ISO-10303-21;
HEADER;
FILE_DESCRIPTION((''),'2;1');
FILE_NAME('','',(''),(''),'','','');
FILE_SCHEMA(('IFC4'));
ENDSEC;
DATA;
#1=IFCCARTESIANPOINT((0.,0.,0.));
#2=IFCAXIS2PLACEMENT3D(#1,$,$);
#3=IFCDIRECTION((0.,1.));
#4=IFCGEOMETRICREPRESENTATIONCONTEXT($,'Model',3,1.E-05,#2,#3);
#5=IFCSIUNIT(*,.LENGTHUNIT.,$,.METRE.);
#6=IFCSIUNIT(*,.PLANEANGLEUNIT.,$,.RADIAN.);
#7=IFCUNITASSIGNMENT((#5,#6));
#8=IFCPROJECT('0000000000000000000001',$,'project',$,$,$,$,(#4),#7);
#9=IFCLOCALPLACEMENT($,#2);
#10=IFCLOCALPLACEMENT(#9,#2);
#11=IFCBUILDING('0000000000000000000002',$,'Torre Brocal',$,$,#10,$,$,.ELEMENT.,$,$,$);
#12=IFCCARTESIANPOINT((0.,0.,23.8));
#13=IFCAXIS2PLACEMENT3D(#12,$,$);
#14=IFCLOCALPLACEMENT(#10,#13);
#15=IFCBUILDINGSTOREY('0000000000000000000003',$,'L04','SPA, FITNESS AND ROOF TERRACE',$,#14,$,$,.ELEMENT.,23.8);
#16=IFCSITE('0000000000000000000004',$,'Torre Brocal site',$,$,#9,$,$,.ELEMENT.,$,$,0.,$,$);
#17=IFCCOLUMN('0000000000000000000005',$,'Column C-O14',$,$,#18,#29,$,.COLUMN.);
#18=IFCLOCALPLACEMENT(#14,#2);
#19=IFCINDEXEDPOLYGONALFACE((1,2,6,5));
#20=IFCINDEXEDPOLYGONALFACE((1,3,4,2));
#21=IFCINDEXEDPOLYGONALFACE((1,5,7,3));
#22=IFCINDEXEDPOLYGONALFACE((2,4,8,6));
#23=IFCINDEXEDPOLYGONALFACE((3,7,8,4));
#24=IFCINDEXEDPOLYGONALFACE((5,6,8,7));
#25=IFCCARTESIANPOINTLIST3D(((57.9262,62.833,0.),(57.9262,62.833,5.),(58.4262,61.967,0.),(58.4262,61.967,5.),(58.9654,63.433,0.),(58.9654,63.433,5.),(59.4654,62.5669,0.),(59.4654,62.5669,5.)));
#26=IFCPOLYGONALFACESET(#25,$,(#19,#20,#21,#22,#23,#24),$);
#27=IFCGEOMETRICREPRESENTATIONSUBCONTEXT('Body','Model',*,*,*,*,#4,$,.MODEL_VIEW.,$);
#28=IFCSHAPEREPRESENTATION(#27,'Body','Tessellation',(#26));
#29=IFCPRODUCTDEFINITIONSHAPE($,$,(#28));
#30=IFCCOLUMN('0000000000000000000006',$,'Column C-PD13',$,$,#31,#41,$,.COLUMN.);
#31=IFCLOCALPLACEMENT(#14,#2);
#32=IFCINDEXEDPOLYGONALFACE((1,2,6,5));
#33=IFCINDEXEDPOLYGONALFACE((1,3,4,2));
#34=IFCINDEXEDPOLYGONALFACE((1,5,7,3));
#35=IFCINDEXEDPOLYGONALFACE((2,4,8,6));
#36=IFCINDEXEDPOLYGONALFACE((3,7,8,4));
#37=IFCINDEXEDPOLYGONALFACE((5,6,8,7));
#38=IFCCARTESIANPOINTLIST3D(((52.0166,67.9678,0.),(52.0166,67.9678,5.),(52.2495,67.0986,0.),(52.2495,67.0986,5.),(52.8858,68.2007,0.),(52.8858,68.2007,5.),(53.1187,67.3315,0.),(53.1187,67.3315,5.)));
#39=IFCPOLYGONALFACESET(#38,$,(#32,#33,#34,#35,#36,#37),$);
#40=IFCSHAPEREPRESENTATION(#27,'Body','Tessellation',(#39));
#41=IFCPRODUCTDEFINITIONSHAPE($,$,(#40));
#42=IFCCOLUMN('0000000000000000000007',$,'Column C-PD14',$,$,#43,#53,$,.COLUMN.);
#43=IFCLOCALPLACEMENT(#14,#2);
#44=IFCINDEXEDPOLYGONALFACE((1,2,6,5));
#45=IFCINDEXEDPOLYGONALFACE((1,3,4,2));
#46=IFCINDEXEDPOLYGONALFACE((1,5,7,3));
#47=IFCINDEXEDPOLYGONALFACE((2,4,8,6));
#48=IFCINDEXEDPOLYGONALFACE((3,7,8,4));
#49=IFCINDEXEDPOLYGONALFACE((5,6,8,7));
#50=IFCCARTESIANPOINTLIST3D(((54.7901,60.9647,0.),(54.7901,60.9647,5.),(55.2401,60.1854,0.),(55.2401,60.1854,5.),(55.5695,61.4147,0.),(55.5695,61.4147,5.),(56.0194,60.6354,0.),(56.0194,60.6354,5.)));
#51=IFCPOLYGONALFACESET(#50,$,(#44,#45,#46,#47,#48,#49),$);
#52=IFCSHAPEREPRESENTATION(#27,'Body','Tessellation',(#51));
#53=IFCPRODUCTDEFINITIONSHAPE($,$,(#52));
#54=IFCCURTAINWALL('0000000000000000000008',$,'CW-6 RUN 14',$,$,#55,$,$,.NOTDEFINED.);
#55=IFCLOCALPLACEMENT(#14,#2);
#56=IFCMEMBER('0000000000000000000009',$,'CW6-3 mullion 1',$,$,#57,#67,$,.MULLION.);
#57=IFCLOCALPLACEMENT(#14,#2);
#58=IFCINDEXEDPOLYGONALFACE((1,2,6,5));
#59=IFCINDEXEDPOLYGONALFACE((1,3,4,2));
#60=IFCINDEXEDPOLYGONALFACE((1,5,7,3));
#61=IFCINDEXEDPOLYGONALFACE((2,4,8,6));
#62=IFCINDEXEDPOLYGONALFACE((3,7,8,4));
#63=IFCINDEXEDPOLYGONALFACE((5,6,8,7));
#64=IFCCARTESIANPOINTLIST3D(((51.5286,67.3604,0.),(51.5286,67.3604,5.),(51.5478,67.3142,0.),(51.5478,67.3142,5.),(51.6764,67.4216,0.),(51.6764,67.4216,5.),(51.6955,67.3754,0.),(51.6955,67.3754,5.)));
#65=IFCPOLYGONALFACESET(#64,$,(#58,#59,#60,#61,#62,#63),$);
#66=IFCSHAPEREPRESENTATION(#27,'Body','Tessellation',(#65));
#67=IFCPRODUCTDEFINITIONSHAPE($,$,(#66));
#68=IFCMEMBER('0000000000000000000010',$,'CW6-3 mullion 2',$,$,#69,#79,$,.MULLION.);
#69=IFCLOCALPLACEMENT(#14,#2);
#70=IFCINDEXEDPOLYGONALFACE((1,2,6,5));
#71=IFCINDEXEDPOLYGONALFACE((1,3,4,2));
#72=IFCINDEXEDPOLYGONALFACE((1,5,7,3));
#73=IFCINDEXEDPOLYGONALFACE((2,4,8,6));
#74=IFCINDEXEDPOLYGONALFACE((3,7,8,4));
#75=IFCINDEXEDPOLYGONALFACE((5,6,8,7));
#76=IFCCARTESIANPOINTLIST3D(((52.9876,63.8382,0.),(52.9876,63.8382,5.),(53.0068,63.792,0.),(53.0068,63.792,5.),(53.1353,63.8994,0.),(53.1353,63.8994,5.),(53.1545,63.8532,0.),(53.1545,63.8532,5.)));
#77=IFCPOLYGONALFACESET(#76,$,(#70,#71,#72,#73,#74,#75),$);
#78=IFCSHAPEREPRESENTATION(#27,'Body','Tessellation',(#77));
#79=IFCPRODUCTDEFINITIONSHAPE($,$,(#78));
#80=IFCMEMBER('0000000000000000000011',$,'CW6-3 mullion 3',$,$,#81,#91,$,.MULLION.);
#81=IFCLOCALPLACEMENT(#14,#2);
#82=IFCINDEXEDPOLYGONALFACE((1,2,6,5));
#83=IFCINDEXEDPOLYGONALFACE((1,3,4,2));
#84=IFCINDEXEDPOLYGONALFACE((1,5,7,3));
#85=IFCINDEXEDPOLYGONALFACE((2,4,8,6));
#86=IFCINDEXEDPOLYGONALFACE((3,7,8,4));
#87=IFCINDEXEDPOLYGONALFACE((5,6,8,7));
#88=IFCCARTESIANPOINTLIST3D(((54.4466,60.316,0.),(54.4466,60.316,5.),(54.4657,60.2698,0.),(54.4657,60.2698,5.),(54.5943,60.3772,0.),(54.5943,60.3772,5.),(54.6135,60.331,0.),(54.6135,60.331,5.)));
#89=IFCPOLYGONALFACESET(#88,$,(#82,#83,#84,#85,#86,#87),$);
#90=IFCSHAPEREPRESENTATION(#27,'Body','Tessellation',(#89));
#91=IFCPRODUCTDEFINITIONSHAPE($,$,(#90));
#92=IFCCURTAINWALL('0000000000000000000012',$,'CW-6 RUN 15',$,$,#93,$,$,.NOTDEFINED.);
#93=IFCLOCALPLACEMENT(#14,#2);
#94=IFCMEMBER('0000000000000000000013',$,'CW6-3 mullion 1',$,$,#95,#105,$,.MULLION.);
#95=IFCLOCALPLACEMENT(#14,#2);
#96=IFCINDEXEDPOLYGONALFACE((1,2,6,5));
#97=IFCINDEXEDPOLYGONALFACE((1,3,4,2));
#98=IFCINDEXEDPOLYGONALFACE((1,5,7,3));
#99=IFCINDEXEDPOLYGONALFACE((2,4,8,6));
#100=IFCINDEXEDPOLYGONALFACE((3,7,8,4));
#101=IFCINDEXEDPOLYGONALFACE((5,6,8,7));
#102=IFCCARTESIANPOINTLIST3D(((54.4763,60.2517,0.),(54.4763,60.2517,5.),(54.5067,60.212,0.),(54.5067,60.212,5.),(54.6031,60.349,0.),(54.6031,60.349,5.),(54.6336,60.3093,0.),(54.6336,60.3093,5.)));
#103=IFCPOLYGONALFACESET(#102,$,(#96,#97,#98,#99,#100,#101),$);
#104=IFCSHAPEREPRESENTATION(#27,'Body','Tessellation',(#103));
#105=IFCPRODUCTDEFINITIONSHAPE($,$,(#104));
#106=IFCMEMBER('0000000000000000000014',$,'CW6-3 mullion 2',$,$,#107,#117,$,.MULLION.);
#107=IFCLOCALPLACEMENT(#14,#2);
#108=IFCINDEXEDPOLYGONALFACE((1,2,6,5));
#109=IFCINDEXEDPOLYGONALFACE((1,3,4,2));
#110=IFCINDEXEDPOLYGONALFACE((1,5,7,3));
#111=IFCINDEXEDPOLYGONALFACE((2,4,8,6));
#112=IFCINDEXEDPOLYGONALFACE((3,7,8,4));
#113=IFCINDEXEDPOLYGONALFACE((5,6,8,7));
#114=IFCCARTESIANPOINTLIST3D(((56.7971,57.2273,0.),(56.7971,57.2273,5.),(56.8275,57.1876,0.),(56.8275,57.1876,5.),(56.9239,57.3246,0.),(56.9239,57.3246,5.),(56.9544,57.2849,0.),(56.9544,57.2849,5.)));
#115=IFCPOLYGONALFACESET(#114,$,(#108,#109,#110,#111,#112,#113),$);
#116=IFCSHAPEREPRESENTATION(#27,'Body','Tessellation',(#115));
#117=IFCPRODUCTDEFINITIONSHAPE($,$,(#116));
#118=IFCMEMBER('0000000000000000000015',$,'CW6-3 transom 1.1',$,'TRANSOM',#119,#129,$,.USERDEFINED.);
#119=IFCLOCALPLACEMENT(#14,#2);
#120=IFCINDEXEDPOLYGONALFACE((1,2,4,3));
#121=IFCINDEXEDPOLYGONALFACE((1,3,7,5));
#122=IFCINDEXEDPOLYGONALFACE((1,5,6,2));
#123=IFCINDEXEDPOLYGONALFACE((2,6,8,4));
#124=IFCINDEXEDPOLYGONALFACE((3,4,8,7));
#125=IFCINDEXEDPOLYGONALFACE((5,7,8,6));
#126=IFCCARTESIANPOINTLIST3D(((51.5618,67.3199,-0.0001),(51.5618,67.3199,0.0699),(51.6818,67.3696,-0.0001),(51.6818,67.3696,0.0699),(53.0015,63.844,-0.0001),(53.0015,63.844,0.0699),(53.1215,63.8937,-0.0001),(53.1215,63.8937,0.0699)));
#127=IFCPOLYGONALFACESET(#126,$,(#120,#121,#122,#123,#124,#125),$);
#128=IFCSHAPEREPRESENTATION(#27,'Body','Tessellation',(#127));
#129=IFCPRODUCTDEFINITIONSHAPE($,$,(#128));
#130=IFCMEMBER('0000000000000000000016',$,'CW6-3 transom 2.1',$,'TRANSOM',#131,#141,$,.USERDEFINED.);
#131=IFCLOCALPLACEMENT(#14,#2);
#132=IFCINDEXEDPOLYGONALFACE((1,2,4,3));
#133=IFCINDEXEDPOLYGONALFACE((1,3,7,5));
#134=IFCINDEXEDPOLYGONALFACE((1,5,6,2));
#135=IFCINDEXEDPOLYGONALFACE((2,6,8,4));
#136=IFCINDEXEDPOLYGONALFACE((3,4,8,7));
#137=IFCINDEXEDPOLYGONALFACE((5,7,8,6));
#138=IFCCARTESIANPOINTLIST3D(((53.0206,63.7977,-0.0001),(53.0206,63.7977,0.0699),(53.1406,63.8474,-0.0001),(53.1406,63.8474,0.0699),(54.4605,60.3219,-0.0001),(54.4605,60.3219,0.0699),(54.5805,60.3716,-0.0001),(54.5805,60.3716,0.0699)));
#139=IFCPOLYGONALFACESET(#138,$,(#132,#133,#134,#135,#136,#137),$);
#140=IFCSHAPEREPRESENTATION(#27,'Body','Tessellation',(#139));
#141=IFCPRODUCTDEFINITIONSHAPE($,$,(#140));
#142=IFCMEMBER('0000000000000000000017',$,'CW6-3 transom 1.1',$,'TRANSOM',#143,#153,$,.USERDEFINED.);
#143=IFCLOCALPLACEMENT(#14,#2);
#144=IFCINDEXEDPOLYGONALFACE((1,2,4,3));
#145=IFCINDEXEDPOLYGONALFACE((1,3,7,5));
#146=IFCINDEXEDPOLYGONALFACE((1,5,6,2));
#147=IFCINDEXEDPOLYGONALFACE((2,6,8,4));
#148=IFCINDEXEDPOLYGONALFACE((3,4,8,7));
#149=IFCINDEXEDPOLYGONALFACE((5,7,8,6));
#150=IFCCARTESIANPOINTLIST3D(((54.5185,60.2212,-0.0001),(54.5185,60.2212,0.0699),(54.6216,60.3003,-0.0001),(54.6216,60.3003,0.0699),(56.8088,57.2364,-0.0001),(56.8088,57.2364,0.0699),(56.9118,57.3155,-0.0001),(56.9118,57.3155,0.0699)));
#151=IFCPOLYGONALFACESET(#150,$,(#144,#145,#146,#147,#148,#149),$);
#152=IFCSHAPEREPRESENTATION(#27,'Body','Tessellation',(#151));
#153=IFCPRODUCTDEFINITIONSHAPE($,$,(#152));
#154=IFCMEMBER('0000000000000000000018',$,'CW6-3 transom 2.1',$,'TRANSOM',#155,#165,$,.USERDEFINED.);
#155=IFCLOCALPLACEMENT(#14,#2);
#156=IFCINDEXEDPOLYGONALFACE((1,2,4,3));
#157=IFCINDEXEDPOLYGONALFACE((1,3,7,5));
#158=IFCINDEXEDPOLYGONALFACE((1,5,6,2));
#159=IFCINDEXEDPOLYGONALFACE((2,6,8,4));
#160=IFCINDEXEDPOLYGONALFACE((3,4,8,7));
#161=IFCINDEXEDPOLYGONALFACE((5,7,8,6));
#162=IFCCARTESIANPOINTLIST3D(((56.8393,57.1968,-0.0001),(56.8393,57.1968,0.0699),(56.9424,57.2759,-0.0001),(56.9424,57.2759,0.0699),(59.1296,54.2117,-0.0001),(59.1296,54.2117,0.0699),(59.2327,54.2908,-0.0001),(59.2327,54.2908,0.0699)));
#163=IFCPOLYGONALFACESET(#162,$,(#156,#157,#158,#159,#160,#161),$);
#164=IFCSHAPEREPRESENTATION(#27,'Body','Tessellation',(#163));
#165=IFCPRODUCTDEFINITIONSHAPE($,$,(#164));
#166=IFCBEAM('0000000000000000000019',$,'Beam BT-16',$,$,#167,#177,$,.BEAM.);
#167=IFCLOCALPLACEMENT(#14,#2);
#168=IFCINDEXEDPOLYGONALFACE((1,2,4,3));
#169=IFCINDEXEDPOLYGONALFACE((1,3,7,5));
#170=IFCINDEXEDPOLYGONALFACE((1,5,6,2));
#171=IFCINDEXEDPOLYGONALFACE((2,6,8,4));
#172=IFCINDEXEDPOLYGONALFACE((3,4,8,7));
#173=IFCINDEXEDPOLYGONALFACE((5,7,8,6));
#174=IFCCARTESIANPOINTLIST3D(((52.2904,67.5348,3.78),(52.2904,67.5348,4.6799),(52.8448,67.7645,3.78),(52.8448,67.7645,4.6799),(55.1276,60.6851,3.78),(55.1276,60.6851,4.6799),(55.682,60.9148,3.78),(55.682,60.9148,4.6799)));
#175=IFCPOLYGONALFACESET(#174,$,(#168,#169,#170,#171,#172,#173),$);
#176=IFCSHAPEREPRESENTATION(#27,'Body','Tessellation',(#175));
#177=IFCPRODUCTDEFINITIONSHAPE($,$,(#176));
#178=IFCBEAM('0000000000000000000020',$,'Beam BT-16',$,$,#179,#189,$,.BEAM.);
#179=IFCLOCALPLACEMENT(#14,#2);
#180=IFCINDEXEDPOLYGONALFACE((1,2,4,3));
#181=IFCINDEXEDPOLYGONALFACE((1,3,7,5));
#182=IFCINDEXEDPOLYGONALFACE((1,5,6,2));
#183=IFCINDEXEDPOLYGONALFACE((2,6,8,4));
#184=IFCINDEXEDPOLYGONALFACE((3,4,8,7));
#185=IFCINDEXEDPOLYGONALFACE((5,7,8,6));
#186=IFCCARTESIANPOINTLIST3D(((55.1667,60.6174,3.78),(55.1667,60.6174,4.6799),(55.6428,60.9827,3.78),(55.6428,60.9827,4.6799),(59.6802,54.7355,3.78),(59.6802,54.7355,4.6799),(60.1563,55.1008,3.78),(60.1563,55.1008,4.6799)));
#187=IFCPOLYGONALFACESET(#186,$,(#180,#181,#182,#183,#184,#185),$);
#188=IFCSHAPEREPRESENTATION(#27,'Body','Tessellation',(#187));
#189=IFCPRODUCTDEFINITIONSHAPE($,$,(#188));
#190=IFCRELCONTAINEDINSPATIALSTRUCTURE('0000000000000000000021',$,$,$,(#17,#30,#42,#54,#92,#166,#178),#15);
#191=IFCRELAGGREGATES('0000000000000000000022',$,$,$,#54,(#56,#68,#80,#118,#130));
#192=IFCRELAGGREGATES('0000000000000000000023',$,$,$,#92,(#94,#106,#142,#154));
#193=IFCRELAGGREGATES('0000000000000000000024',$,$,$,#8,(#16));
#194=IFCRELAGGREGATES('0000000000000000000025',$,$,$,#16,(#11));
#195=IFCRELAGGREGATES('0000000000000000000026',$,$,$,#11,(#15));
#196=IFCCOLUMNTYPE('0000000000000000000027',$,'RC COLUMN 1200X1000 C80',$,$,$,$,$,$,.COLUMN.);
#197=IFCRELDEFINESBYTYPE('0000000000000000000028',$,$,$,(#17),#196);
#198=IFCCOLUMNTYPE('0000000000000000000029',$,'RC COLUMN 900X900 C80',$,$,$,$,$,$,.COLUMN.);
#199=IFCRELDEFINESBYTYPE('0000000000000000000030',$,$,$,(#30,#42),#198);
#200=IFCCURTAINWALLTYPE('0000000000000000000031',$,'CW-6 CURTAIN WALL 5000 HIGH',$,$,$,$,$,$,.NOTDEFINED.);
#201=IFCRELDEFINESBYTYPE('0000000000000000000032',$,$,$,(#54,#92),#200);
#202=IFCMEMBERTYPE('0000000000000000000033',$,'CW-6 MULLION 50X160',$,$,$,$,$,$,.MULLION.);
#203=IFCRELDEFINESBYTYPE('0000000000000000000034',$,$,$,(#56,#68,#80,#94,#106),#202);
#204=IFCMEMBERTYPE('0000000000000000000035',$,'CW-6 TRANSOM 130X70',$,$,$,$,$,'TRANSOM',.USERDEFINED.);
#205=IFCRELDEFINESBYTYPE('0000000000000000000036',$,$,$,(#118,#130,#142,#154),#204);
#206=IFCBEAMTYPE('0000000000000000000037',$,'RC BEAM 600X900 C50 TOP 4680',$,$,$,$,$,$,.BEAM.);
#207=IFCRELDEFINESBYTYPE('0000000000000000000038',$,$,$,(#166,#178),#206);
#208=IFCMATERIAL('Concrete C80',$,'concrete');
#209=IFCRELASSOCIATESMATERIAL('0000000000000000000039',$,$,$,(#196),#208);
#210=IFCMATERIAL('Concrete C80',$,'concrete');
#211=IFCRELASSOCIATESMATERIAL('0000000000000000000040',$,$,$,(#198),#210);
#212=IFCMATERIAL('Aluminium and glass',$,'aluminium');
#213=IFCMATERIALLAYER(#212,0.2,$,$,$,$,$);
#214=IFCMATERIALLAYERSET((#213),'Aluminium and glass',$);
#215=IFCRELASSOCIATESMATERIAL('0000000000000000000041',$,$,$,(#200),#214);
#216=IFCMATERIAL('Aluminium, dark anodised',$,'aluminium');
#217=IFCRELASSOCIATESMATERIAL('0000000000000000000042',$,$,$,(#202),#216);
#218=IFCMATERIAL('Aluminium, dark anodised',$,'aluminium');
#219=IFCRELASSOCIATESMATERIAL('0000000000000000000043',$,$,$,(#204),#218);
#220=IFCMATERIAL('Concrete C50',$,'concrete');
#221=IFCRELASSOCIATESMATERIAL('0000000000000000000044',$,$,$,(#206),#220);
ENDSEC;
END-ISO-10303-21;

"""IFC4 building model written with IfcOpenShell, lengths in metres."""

from ifc_helpers import new_model, si_unit, direction, frame, origin, origin_2d, place, context, subcontext, project, spatial, rectangle, extrude, material, layer, layer_set, material_profile, profile_set, type_object, element, aggregate, save


model = new_model("IFC4")

# Units and contexts
model_context = context("Model", 3, precision=1e-05, world=origin(), true_north=direction((0.0, 1.0)))
body_context = subcontext(model_context, "Body", "Model", "MODEL_VIEW")
ifc_project = project(units=[si_unit("LENGTHUNIT", "METRE"), si_unit("PLANEANGLEUNIT", "RADIAN")], contexts=[model_context])

# Site, building, storey
site_placement = place(None, origin())
site = spatial("IfcSite", under=ifc_project, at=site_placement, Name="Torre Brocal site", CompositionType="ELEMENT", RefElevation=0.0)
building_placement = place(site_placement, origin())
building = spatial("IfcBuilding", under=site, at=building_placement, Name="Torre Brocal", CompositionType="ELEMENT")
storey_placement = place(building_placement, frame((0.0, 0.0, 23.8)))
storey = spatial("IfcBuildingStorey", under=building, at=storey_placement, Name="L04", Description="SPA, FITNESS AND ROOF TERRACE", CompositionType="ELEMENT", Elevation=23.8)

# Columns
ifc_material_1 = material(Name="Concrete C80", Category="concrete")
ifc_material_profile_1 = material_profile(ifc_material_1, rectangle(XDim=1.2, YDim=1.0, at=origin_2d()), Name="RC 1200X1000")
ifc_profile_set_1 = profile_set([ifc_material_profile_1], Name="Concrete C80")
column_type_1 = type_object("IfcColumnType", Name="RC COLUMN 1200X1000 C80", PredefinedType="COLUMN", material=ifc_profile_set_1)
column_placement = place(storey_placement, frame((58.6958, 62.7, 0.0), z_axis=(0.0, 0.0, 1.0), x_axis=(-0.866025, -0.5, 0.0)))
element("IfcColumn", 1, at=column_placement, inside=storey, type_object=column_type_1, Name="Column C-O14", PredefinedType="COLUMN", context=body_context, shape_type="SweptSolid", body=[
    extrude(rectangle(XDim=1.2, YDim=1.0, at=origin_2d()), origin(), (0.0, 0.0, 1.0), 5.0),
])
ifc_material_2 = material(Name="Concrete C80", Category="concrete")
ifc_material_profile_2 = material_profile(ifc_material_2, rectangle(XDim=0.8999, YDim=0.8999, at=origin_2d()), Name="RC 900X900")
ifc_profile_set_2 = profile_set([ifc_material_profile_2], Name="Concrete C80")
column_type_2 = type_object("IfcColumnType", Name="RC COLUMN 900X900 C80", PredefinedType="COLUMN", material=ifc_profile_set_2)
for number, where, z_axis, x_axis, name in (
    (2, (52.5676, 67.6497, 0.0), (0.0, 0.0, 1.0), (-0.965926, -0.258819, 0.0), "Column C-PD13"),
    (3, (55.4048, 60.8, 0.0), (0.0, 0.0, 1.0), (-0.866025, -0.5, 0.0), "Column C-PD14"),
):
    element("IfcColumn", number, at=place(storey_placement, frame(where, z_axis=z_axis, x_axis=x_axis)), inside=storey, type_object=column_type_2, Name=name, PredefinedType="COLUMN", context=body_context, shape_type="SweptSolid", body=[
        extrude(rectangle(XDim=0.8999, YDim=0.8999, at=origin_2d()), origin(), (0.0, 0.0, 1.0), 5.0),
    ])

# Curtain walls, members
ifc_material_3 = material(Name="Aluminium and glass", Category="aluminium")
ifc_layer_1 = layer(ifc_material_3, 0.2)
ifc_layer_set_1 = layer_set([ifc_layer_1], Name="Aluminium and glass")
curtain_wall_type = type_object("IfcCurtainWallType", Name="CW-6 CURTAIN WALL 5000 HIGH", PredefinedType="NOTDEFINED", material=ifc_layer_set_1)
curtain_wall_1_placement = place(storey_placement, origin())
curtain_wall_1 = element("IfcCurtainWall", 4, at=curtain_wall_1_placement, inside=storey, type_object=curtain_wall_type, Name="CW-6 RUN 14", PredefinedType="NOTDEFINED")
ifc_material_4 = material(Name="Aluminium, dark anodised", Category="aluminium")
ifc_material_profile_3 = material_profile(ifc_material_4, rectangle(XDim=0.1599, YDim=0.05, at=origin_2d()), Name="CW-6 MULLION 50X160")
ifc_profile_set_3 = profile_set([ifc_material_profile_3], Name="Aluminium, dark anodised")
member_type_1 = type_object("IfcMemberType", Name="CW-6 MULLION 50X160", PredefinedType="MULLION", material=ifc_profile_set_3)
member_1_placement = place(storey_placement, frame((51.6121, 67.3679, 0.0), z_axis=(0.0, 0.0, 1.0), x_axis=(0.92388, 0.382683, 0.0)))
member_1 = element("IfcMember", 5, at=member_1_placement, type_object=member_type_1, Name="CW6-3 mullion 1", PredefinedType="MULLION", context=body_context, shape_type="SweptSolid", body=[
    extrude(rectangle(XDim=0.1599, YDim=0.05, at=origin_2d()), origin(), (0.0, 0.0, 1.0), 5.0),
])
member_2_placement = place(storey_placement, frame((53.071, 63.8457, 0.0), z_axis=(0.0, 0.0, 1.0), x_axis=(0.92388, 0.382683, 0.0)))
member_2 = element("IfcMember", 6, at=member_2_placement, type_object=member_type_1, Name="CW6-3 mullion 2", PredefinedType="MULLION", context=body_context, shape_type="SweptSolid", body=[
    extrude(rectangle(XDim=0.1599, YDim=0.05, at=origin_2d()), origin(), (0.0, 0.0, 1.0), 5.0),
])
member_3_placement = place(storey_placement, frame((54.53, 60.3235, 0.0), z_axis=(0.0, 0.0, 1.0), x_axis=(0.92388, 0.382683, 0.0)))
member_3 = element("IfcMember", 7, at=member_3_placement, type_object=member_type_1, Name="CW6-3 mullion 3", PredefinedType="MULLION", context=body_context, shape_type="SweptSolid", body=[
    extrude(rectangle(XDim=0.1599, YDim=0.05, at=origin_2d()), origin(), (0.0, 0.0, 1.0), 5.0),
])
curtain_wall_2_placement = place(storey_placement, origin())
curtain_wall_2 = element("IfcCurtainWall", 8, at=curtain_wall_2_placement, inside=storey, type_object=curtain_wall_type, Name="CW-6 RUN 15", PredefinedType="NOTDEFINED")
member_4_placement = place(storey_placement, frame((54.5549, 60.2805, 0.0), z_axis=(0.0, 0.0, 1.0), x_axis=(0.793353, 0.608761, 0.0)))
member_4 = element("IfcMember", 9, at=member_4_placement, type_object=member_type_1, Name="CW6-3 mullion 1", PredefinedType="MULLION", context=body_context, shape_type="SweptSolid", body=[
    extrude(rectangle(XDim=0.1599, YDim=0.05, at=origin_2d()), origin(), (0.0, 0.0, 1.0), 5.0),
])
member_5_placement = place(storey_placement, frame((56.8757, 57.2561, 0.0), z_axis=(0.0, 0.0, 1.0), x_axis=(0.793353, 0.608761, 0.0)))
member_5 = element("IfcMember", 10, at=member_5_placement, type_object=member_type_1, Name="CW6-3 mullion 2", PredefinedType="MULLION", context=body_context, shape_type="SweptSolid", body=[
    extrude(rectangle(XDim=0.1599, YDim=0.05, at=origin_2d()), origin(), (0.0, 0.0, 1.0), 5.0),
])

# Members
ifc_material_5 = material(Name="Aluminium, dark anodised", Category="aluminium")
ifc_material_profile_4 = material_profile(ifc_material_5, rectangle(XDim=0.1299, YDim=0.0701, at=origin_2d()), Name="CW-6 TRANSOM 130X70")
ifc_profile_set_4 = profile_set([ifc_material_profile_4], Name="Aluminium, dark anodised")
member_type_2 = type_object("IfcMemberType", Name="CW-6 TRANSOM 130X70", ElementType="TRANSOM", PredefinedType="USERDEFINED", material=ifc_profile_set_4)
member_6_placement = place(storey_placement, frame((51.6218, 67.3447, 0.0349), z_axis=(0.382675, -0.923883, 0.0), x_axis=(0.923883, 0.382675, 0.0)))
member_6 = element("IfcMember", 11, at=member_6_placement, type_object=member_type_2, Name="CW6-3 transom 1.1", ObjectType="TRANSOM", PredefinedType="USERDEFINED", context=body_context, shape_type="SweptSolid", body=[
    extrude(rectangle(XDim=0.1299, YDim=0.0701, at=origin_2d()), origin(), (0.0, 0.0, 1.0), 3.7622),
])
member_7_placement = place(storey_placement, frame((53.0806, 63.8225, 0.0349), z_axis=(0.38273, -0.92386, 0.0), x_axis=(0.92386, 0.38273, 0.0)))
member_7 = element("IfcMember", 12, at=member_7_placement, type_object=member_type_2, Name="CW6-3 transom 2.1", ObjectType="TRANSOM", PredefinedType="USERDEFINED", context=body_context, shape_type="SweptSolid", body=[
    extrude(rectangle(XDim=0.1299, YDim=0.0701, at=origin_2d()), origin(), (0.0, 0.0, 1.0), 3.7622),
])
member_8_placement = place(storey_placement, frame((54.5701, 60.2607, 0.0349), z_axis=(0.608748, -0.793364, 0.0), x_axis=(0.793364, 0.608748, 0.0)))
member_8 = element("IfcMember", 13, at=member_8_placement, type_object=member_type_2, Name="CW6-3 transom 1.1", ObjectType="TRANSOM", PredefinedType="USERDEFINED", context=body_context, shape_type="SweptSolid", body=[
    extrude(rectangle(XDim=0.1299, YDim=0.0701, at=origin_2d()), origin(), (0.0, 0.0, 1.0), 3.7622),
])
member_9_placement = place(storey_placement, frame((56.8909, 57.2363, 0.0349), z_axis=(0.608716, -0.793388, 0.0), x_axis=(0.793388, 0.608716, 0.0)))
member_9 = element("IfcMember", 14, at=member_9_placement, type_object=member_type_2, Name="CW6-3 transom 2.1", ObjectType="TRANSOM", PredefinedType="USERDEFINED", context=body_context, shape_type="SweptSolid", body=[
    extrude(rectangle(XDim=0.1299, YDim=0.0701, at=origin_2d()), origin(), (0.0, 0.0, 1.0), 3.7625),
])

# Beams
ifc_material_6 = material(Name="Concrete C50", Category="concrete")
ifc_material_profile_5 = material_profile(ifc_material_6, rectangle(XDim=0.6001, YDim=0.8999, at=origin_2d()), Name="RC 600X900")
ifc_profile_set_5 = profile_set([ifc_material_profile_5], Name="Concrete C50")
beam_type_1 = type_object("IfcBeamType", Name="RC BEAM 600X900 C50 TOP 4680", PredefinedType="BEAM", material=ifc_profile_set_5)
for number, where, z_axis, x_axis, name in (
    (15, (52.5676, 67.6497, 4.23), (0.382678, -0.923882, 0.0), (0.923882, 0.382678, 0.0), "Beam BT-16"),
    (16, (55.4048, 60.8, 4.23), (0.608773, -0.793344, 0.0), (0.793344, 0.608773, 0.0), "Beam BT-16"),
):
    element("IfcBeam", number, at=place(storey_placement, frame(where, z_axis=z_axis, x_axis=x_axis)), inside=storey, type_object=beam_type_1, Name=name, PredefinedType="BEAM", context=body_context, shape_type="SweptSolid", body=[
        extrude(rectangle(XDim=0.6001, YDim=0.8999, at=origin_2d()), origin(), (0.0, 0.0, 1.0), 7.4141),
    ])

aggregate(curtain_wall_1, [member_1, member_2, member_3, member_6, member_7])
aggregate(curtain_wall_2, [member_4, member_5, member_8, member_9])

save(model, "model.ifc")
